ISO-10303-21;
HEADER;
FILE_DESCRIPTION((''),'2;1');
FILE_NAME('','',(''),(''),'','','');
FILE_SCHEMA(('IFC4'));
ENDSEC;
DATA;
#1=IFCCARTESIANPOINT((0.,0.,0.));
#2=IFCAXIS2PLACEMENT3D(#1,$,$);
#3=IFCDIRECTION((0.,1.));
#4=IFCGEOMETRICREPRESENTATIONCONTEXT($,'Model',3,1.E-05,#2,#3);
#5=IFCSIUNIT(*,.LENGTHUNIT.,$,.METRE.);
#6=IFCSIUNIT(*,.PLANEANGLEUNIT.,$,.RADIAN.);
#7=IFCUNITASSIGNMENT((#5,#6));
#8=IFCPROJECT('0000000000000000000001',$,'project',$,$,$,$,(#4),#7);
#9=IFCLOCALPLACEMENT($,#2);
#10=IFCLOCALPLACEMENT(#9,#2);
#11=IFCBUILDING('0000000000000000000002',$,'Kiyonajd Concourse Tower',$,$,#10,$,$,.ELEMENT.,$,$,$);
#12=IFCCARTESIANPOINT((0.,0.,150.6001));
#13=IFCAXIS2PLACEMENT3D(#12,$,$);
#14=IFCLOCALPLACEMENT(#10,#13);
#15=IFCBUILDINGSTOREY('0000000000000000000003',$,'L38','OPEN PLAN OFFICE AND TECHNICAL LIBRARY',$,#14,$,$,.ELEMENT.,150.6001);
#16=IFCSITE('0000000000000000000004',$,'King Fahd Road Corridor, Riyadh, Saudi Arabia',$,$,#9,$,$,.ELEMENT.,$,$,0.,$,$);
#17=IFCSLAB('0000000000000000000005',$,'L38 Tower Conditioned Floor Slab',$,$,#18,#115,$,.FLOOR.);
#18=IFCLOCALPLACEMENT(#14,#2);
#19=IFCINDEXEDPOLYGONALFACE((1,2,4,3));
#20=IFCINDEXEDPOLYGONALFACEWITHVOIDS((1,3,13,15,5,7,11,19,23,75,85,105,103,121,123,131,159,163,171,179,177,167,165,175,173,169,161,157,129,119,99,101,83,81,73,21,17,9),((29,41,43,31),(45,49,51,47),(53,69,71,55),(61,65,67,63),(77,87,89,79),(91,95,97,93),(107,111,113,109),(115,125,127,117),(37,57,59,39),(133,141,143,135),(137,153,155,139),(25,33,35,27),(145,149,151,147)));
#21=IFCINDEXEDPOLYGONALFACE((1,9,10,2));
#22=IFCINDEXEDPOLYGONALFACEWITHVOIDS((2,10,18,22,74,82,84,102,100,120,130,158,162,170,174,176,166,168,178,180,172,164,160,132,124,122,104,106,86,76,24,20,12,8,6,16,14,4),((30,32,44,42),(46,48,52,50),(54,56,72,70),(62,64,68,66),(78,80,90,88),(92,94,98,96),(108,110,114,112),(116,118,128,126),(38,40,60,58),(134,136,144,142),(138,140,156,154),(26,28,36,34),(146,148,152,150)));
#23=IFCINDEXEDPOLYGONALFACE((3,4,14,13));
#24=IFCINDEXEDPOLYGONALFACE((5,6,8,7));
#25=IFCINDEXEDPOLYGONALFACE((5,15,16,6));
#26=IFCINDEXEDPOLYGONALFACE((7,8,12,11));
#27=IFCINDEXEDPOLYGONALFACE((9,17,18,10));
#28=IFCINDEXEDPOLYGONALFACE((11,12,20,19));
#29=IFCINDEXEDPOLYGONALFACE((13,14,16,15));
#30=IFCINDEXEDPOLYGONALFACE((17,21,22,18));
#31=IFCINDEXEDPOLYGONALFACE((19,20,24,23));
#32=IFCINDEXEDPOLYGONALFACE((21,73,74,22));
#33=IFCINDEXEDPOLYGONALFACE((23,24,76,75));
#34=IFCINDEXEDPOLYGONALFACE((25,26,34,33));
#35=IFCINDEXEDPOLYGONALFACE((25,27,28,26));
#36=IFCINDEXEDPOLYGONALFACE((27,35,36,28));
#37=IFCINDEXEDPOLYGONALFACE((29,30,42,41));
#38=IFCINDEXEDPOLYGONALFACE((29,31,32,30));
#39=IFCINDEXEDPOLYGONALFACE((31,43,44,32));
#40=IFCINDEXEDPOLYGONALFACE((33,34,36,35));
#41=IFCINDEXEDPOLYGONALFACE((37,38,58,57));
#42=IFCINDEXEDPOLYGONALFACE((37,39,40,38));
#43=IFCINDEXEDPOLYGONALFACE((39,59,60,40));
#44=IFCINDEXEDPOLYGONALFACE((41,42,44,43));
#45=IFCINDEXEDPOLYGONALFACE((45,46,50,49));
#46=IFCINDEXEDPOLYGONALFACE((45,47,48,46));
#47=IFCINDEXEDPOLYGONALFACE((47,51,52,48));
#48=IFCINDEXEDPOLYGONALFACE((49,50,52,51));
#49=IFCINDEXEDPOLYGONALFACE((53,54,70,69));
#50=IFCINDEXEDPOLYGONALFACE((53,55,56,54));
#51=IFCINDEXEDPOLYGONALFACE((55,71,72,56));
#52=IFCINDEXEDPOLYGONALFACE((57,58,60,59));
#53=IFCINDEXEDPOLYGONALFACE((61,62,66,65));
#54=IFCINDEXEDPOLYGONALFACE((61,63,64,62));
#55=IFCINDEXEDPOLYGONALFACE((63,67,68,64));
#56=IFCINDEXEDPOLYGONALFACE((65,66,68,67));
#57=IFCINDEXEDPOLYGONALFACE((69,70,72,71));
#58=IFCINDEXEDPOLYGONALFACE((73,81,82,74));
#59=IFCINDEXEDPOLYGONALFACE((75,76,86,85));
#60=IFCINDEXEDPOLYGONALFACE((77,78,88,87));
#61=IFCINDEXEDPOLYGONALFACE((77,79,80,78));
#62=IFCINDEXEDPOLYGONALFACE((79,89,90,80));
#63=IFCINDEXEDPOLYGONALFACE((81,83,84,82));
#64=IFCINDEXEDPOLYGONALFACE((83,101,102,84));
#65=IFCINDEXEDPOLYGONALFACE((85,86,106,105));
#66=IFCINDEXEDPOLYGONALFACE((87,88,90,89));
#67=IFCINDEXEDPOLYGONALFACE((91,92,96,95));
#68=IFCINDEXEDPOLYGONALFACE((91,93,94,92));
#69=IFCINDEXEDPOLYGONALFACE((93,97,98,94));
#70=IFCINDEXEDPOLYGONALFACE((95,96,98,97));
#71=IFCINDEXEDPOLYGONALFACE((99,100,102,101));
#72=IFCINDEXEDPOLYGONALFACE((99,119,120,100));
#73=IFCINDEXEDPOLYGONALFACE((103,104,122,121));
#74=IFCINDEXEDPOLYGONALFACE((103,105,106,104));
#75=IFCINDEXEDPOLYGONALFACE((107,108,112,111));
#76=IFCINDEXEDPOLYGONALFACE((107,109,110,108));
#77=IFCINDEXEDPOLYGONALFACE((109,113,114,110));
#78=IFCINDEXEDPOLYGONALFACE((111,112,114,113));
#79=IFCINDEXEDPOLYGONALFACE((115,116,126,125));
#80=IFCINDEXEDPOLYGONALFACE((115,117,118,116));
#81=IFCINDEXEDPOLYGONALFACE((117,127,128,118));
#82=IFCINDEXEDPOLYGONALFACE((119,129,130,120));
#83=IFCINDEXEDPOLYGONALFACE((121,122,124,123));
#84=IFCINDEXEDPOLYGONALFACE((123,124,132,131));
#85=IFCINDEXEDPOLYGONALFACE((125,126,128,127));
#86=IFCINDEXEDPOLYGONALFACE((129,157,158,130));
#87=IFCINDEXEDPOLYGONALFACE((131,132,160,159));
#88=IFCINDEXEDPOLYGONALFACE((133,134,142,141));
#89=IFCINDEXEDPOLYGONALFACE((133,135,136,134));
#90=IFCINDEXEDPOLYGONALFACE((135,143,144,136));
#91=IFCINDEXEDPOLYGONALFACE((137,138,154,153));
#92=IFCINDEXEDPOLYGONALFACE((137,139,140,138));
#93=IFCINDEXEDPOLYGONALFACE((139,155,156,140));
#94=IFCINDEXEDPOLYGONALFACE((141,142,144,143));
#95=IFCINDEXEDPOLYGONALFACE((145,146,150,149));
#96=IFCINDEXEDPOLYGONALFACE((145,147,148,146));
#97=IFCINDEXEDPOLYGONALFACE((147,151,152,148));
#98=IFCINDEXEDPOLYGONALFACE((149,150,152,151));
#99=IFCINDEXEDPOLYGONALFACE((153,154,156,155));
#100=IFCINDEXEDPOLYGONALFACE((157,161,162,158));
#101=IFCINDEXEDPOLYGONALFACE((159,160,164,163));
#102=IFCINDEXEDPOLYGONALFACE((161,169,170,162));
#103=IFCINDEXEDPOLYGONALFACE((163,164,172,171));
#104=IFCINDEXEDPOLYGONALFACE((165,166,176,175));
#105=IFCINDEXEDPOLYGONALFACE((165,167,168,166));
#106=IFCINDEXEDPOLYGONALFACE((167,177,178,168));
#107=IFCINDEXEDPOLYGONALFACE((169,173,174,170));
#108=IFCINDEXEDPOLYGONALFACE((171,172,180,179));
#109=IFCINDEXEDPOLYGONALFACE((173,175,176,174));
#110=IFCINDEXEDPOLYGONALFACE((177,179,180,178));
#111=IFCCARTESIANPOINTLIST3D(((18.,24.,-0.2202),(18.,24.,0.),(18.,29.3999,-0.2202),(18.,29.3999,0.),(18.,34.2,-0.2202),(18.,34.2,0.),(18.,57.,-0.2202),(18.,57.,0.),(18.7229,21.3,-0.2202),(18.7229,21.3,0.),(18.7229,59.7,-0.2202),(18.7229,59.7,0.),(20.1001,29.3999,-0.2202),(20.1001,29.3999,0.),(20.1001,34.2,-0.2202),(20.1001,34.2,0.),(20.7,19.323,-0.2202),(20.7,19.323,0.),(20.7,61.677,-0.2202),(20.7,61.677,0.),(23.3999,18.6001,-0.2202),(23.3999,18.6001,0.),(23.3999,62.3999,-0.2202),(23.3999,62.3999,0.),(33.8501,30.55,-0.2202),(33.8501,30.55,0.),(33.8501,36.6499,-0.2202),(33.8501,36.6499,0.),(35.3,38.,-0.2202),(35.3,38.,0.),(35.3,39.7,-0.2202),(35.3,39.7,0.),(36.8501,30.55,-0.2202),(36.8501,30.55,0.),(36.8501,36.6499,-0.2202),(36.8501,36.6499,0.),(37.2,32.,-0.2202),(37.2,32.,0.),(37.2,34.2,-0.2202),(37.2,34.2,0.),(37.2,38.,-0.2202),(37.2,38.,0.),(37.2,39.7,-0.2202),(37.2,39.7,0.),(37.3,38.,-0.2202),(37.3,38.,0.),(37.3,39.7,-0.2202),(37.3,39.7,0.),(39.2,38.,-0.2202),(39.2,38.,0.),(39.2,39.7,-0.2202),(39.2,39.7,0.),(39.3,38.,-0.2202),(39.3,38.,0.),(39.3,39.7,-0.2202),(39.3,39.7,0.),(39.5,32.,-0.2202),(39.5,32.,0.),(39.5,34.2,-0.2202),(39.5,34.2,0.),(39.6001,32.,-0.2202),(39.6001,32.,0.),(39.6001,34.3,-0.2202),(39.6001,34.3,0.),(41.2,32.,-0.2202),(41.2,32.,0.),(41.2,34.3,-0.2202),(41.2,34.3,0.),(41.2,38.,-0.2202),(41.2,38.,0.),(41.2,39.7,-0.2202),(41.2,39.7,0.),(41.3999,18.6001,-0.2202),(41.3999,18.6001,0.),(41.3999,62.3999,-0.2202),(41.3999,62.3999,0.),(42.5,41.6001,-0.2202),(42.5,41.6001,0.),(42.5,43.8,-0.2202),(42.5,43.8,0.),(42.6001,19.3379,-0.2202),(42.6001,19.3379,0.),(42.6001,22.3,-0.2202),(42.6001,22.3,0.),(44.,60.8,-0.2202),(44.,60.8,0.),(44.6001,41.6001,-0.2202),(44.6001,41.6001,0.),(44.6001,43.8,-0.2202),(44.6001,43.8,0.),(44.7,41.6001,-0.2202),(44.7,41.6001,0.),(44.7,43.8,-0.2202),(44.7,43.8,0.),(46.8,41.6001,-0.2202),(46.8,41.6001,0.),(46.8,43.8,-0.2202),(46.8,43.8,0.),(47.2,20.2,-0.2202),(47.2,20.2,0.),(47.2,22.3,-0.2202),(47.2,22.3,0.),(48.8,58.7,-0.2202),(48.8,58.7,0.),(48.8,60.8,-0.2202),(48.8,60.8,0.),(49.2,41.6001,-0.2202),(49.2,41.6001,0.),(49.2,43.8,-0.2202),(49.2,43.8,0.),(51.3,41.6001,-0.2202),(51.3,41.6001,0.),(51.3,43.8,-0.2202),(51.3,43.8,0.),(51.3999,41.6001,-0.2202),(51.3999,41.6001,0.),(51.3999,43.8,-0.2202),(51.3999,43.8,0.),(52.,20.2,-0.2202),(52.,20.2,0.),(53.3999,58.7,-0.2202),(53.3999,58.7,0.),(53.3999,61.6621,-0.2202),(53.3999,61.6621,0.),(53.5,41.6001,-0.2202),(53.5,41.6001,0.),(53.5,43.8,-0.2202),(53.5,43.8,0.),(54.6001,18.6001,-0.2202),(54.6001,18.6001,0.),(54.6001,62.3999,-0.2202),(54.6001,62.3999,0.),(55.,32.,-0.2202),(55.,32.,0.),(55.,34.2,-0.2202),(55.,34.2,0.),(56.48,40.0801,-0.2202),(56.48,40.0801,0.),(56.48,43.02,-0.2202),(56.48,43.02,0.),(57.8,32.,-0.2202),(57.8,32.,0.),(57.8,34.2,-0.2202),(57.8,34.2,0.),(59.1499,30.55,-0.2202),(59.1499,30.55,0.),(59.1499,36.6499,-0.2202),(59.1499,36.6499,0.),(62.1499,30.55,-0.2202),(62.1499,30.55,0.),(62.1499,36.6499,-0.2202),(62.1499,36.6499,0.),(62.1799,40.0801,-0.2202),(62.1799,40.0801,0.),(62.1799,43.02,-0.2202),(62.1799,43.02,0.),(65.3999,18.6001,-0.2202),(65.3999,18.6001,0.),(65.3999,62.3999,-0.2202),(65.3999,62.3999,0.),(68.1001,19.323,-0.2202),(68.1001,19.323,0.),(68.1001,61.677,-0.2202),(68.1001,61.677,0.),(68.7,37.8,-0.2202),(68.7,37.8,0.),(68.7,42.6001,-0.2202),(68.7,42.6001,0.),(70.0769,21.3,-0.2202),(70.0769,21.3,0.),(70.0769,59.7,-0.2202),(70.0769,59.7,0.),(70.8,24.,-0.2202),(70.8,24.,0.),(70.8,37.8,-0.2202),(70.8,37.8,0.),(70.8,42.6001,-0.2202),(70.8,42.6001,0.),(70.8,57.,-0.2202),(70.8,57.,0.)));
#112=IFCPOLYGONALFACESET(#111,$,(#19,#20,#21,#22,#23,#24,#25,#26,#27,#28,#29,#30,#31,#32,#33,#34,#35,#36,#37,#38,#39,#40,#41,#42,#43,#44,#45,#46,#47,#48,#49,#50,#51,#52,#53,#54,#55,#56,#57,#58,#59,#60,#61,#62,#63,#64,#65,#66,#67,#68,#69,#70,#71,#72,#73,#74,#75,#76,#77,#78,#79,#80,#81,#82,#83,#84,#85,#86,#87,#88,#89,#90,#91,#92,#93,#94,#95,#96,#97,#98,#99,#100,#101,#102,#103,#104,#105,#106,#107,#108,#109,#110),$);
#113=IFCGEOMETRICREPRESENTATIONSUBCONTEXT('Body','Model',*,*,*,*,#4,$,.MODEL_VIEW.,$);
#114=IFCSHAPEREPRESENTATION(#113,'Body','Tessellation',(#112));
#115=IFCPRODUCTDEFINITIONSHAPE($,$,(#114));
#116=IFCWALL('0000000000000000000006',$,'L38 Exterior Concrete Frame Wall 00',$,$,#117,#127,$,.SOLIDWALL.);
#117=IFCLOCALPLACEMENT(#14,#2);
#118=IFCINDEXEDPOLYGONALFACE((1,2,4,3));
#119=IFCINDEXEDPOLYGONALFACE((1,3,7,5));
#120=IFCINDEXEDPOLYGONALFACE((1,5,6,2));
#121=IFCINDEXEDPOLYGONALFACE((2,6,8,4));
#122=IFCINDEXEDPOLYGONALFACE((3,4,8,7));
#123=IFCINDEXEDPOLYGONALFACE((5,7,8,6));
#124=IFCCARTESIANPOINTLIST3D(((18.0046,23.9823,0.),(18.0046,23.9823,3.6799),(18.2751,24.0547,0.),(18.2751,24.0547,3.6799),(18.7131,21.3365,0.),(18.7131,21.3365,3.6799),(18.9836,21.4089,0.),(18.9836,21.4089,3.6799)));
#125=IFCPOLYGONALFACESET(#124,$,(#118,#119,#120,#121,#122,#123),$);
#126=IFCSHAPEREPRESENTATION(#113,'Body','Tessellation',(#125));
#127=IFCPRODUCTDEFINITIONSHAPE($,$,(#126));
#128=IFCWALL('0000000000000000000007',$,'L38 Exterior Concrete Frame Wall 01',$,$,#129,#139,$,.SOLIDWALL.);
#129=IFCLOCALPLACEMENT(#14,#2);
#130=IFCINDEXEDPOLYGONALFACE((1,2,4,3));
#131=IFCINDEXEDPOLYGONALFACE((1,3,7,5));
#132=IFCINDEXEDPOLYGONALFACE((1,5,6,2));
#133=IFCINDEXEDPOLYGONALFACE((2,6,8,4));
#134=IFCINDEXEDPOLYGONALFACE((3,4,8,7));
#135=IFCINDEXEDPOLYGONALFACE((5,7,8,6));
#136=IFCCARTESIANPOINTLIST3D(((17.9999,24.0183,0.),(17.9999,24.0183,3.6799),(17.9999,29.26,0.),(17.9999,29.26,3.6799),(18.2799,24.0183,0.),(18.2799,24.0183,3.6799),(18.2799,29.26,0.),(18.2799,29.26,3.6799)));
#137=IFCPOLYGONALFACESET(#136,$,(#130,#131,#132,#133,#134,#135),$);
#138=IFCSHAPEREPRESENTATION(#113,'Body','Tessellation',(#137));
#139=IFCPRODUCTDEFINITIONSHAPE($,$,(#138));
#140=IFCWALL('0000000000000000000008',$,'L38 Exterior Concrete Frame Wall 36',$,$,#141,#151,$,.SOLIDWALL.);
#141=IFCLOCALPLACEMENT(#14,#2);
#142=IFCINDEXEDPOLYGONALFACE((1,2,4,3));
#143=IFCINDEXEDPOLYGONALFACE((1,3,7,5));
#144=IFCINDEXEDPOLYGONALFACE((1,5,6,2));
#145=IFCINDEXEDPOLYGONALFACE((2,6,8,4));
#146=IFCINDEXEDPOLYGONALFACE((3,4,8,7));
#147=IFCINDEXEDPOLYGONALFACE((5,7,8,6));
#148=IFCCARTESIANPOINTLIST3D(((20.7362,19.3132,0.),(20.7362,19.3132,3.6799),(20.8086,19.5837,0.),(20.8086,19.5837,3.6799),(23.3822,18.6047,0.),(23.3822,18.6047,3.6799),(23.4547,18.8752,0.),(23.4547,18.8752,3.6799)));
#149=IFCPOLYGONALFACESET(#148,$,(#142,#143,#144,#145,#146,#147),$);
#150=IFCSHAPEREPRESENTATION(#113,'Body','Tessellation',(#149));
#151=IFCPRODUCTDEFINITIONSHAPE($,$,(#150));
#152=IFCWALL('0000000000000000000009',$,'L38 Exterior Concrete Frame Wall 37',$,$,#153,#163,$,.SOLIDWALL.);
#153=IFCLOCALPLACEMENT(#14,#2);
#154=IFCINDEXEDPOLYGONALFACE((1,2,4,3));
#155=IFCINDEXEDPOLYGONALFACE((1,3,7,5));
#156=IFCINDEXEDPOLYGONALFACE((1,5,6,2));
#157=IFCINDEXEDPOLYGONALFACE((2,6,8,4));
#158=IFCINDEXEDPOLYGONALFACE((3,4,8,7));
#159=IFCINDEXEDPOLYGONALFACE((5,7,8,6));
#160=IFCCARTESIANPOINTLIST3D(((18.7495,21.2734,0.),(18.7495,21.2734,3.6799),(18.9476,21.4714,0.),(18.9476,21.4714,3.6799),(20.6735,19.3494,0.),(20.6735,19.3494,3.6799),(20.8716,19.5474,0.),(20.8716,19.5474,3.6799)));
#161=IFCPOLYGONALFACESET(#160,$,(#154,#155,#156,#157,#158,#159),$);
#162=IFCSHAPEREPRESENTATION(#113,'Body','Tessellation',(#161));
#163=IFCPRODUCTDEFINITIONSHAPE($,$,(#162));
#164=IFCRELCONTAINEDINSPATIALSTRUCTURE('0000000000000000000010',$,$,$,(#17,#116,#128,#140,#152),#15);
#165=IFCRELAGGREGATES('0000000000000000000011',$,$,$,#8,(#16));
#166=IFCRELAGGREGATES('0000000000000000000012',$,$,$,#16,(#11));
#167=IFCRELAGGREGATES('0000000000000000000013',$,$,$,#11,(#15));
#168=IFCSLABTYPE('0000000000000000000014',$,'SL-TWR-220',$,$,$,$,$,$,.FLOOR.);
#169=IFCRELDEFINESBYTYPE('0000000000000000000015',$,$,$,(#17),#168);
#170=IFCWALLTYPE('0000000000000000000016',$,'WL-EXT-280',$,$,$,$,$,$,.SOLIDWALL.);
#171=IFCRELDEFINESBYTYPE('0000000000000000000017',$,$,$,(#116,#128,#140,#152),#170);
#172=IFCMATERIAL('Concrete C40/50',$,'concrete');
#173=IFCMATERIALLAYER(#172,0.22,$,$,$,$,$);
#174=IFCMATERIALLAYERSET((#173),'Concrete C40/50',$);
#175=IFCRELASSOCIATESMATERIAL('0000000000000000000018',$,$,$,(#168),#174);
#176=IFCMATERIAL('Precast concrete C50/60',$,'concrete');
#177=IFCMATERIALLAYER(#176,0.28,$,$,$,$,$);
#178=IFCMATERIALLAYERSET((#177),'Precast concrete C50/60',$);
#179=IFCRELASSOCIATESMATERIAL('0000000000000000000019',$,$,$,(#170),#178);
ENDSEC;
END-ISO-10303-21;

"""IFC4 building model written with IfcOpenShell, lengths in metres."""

from ifc_helpers import new_model, si_unit, direction, frame, frame_2d, origin, place, context, subcontext, project, spatial, polyline, rectangle, outline, extrude, material, layer, layer_set, type_object, element, save


model = new_model("IFC4")

# Units and contexts
model_context = context("Model", 3, precision=1e-05, world=origin(), true_north=direction((0.0, 1.0)))
body_context = subcontext(model_context, "Body", "Model", "MODEL_VIEW")
ifc_project = project(units=[si_unit("LENGTHUNIT", "METRE"), si_unit("PLANEANGLEUNIT", "RADIAN")], contexts=[model_context])

# Site, building, storey
site_placement = place(None, origin())
site = spatial("IfcSite", under=ifc_project, at=site_placement, Name="King Fahd Road Corridor, Riyadh, Saudi Arabia", CompositionType="ELEMENT", RefElevation=0.0)
building_placement = place(site_placement, origin())
building = spatial("IfcBuilding", under=site, at=building_placement, Name="Kiyonajd Concourse Tower", CompositionType="ELEMENT")
storey_placement = place(building_placement, frame((0.0, 0.0, 150.6001)))
storey = spatial("IfcBuildingStorey", under=building, at=storey_placement, Name="L38", Description="OPEN PLAN OFFICE AND TECHNICAL LIBRARY", CompositionType="ELEMENT", Elevation=150.6001)

# Shared definitions
ifc_material_1 = material(Name="Concrete C40/50", Category="concrete")

# Slab
ifc_material_2 = material(Name="Precast concrete C50/60", Category="concrete")
ifc_layer_1 = layer(ifc_material_1, 0.22)
ifc_layer_set_1 = layer_set([ifc_layer_1], Name="Concrete C40/50")
slab_type_1 = type_object("IfcSlabType", Name="SL-TWR-220", PredefinedType="FLOOR", material=ifc_layer_set_1)
slab_1_placement = place(storey_placement, frame((0.0, 0.0, -0.2202)))
element("IfcSlab", 1, at=slab_1_placement, inside=storey, type_object=slab_type_1, Name="L38 Tower Conditioned Floor Slab", PredefinedType="FLOOR", context=body_context, shape_type="SweptSolid", body=[
    extrude(outline(polyline([(18.7229, 21.3), (18.0, 24.0), (18.0, 29.3999), (20.1001, 29.3999), (20.1001, 34.2), (18.0, 34.2), (18.0, 57.0), (18.7229, 59.7), (20.7, 61.677), (23.3999, 62.3999), (41.3999, 62.3999), (44.0, 60.8), (48.8, 60.8), (48.8, 58.7), (53.3999, 58.7), (53.3999, 61.6621), (54.6001, 62.3999), (65.3999, 62.3999), (68.1001, 61.677), (70.0769, 59.7), (70.8, 57.0), (70.8, 42.6001), (68.7, 42.6001), (68.7, 37.8), (70.8, 37.8), (70.8, 24.0), (70.0769, 21.3), (68.1001, 19.323), (65.3999, 18.6001), (54.6001, 18.6001), (52.0, 20.2), (47.2, 20.2), (47.2, 22.3), (42.6001, 22.3), (42.6001, 19.3379), (41.3999, 18.6001), (23.3999, 18.6001), (20.7, 19.323), (18.7229, 21.3)]), holes=[polyline([(39.5, 32.0), (37.2, 32.0), (37.2, 34.2), (39.5, 34.2), (39.5, 32.0)]), polyline([(39.6001, 32.0), (39.6001, 34.3), (41.2, 34.3), (41.2, 32.0), (39.6001, 32.0)]), polyline([(33.8501, 30.55), (33.8501, 36.6499), (36.8501, 36.6499), (36.8501, 30.55), (33.8501, 30.55)]), polyline([(37.2, 38.0), (35.3, 38.0), (35.3, 39.7), (37.2, 39.7), (37.2, 38.0)]), polyline([(37.3, 38.0), (37.3, 39.7), (39.2, 39.7), (39.2, 38.0), (37.3, 38.0)]), polyline([(39.3, 38.0), (39.3, 39.7), (41.2, 39.7), (41.2, 38.0), (39.3, 38.0)]), polyline([(44.6001, 41.6001), (42.5, 41.6001), (42.5, 43.8), (44.6001, 43.8), (44.6001, 41.6001)]), polyline([(55.0, 32.0), (55.0, 34.2), (57.8, 34.2), (57.8, 32.0), (55.0, 32.0)]), polyline([(59.1499, 30.55), (59.1499, 36.6499), (62.1499, 36.6499), (62.1499, 30.55), (59.1499, 30.55)]), polyline([(56.48, 43.02), (62.1799, 43.02), (62.1799, 40.0801), (56.48, 40.0801), (56.48, 43.02)]), polyline([(44.7, 41.6001), (44.7, 43.8), (46.8, 43.8), (46.8, 41.6001), (44.7, 41.6001)]), polyline([(49.2, 41.6001), (49.2, 43.8), (51.3, 43.8), (51.3, 41.6001), (49.2, 41.6001)]), polyline([(51.3999, 41.6001), (51.3999, 43.8), (53.5, 43.8), (53.5, 41.6001), (51.3999, 41.6001)])]), origin(), (0.0, 0.0, 1.0), 0.2202),
])

# Walls
ifc_layer_2 = layer(ifc_material_2, 0.28)
ifc_layer_set_2 = layer_set([ifc_layer_2], Name="Precast concrete C50/60")
wall_type_1 = type_object("IfcWallType", Name="WL-EXT-280", PredefinedType="SOLIDWALL", material=ifc_layer_set_2)
wall_1_placement = place(storey_placement, frame((18.8484, 21.3726, 0.0), z_axis=(0.0, 0.0, 1.0), x_axis=(-0.258672, 0.965965, 0.0)))
element("IfcWall", 2, at=wall_1_placement, inside=storey, type_object=wall_type_1, Name="L38 Exterior Concrete Frame Wall 00", PredefinedType="SOLIDWALL", context=body_context, shape_type="SweptSolid", body=[
    extrude(rectangle(XDim=2.739, YDim=0.28, at=frame_2d((1.3696, 0.0))), origin(), (0.0, 0.0, 1.0), 3.6799),
])
wall_2_placement = place(storey_placement, frame((18.1399, 24.0183, 0.0), z_axis=(0.0, 0.0, 1.0), x_axis=(0.0, 1.0, 0.0)))
element("IfcWall", 3, at=wall_2_placement, inside=storey, type_object=wall_type_1, Name="L38 Exterior Concrete Frame Wall 01", PredefinedType="SOLIDWALL", context=body_context, shape_type="SweptSolid", body=[
    extrude(rectangle(XDim=5.2417, YDim=0.28, at=frame_2d((2.6208, 0.0))), origin(), (0.0, 0.0, 1.0), 3.6799),
])
wall_3_placement = place(storey_placement, frame((23.4185, 18.74, 0.0), z_axis=(0.0, 0.0, 1.0), x_axis=(-0.965971, 0.25865, 0.0)))
element("IfcWall", 4, at=wall_3_placement, inside=storey, type_object=wall_type_1, Name="L38 Exterior Concrete Frame Wall 36", PredefinedType="SOLIDWALL", context=body_context, shape_type="SweptSolid", body=[
    extrude(rectangle(XDim=2.7393, YDim=0.28, at=frame_2d((1.3696, 0.0))), origin(), (0.0, 0.0, 1.0), 3.6799),
])
wall_4_placement = place(storey_placement, frame((20.7725, 19.4485, 0.0), z_axis=(0.0, 0.0, 1.0), x_axis=(-0.707107, 0.707107, 0.0)))
element("IfcWall", 5, at=wall_4_placement, inside=storey, type_object=wall_type_1, Name="L38 Exterior Concrete Frame Wall 37", PredefinedType="SOLIDWALL", context=body_context, shape_type="SweptSolid", body=[
    extrude(rectangle(XDim=2.7209, YDim=0.28, at=frame_2d((1.3604, 0.0))), origin(), (0.0, 0.0, 1.0), 3.6799),
])

save(model, "model.ifc")
